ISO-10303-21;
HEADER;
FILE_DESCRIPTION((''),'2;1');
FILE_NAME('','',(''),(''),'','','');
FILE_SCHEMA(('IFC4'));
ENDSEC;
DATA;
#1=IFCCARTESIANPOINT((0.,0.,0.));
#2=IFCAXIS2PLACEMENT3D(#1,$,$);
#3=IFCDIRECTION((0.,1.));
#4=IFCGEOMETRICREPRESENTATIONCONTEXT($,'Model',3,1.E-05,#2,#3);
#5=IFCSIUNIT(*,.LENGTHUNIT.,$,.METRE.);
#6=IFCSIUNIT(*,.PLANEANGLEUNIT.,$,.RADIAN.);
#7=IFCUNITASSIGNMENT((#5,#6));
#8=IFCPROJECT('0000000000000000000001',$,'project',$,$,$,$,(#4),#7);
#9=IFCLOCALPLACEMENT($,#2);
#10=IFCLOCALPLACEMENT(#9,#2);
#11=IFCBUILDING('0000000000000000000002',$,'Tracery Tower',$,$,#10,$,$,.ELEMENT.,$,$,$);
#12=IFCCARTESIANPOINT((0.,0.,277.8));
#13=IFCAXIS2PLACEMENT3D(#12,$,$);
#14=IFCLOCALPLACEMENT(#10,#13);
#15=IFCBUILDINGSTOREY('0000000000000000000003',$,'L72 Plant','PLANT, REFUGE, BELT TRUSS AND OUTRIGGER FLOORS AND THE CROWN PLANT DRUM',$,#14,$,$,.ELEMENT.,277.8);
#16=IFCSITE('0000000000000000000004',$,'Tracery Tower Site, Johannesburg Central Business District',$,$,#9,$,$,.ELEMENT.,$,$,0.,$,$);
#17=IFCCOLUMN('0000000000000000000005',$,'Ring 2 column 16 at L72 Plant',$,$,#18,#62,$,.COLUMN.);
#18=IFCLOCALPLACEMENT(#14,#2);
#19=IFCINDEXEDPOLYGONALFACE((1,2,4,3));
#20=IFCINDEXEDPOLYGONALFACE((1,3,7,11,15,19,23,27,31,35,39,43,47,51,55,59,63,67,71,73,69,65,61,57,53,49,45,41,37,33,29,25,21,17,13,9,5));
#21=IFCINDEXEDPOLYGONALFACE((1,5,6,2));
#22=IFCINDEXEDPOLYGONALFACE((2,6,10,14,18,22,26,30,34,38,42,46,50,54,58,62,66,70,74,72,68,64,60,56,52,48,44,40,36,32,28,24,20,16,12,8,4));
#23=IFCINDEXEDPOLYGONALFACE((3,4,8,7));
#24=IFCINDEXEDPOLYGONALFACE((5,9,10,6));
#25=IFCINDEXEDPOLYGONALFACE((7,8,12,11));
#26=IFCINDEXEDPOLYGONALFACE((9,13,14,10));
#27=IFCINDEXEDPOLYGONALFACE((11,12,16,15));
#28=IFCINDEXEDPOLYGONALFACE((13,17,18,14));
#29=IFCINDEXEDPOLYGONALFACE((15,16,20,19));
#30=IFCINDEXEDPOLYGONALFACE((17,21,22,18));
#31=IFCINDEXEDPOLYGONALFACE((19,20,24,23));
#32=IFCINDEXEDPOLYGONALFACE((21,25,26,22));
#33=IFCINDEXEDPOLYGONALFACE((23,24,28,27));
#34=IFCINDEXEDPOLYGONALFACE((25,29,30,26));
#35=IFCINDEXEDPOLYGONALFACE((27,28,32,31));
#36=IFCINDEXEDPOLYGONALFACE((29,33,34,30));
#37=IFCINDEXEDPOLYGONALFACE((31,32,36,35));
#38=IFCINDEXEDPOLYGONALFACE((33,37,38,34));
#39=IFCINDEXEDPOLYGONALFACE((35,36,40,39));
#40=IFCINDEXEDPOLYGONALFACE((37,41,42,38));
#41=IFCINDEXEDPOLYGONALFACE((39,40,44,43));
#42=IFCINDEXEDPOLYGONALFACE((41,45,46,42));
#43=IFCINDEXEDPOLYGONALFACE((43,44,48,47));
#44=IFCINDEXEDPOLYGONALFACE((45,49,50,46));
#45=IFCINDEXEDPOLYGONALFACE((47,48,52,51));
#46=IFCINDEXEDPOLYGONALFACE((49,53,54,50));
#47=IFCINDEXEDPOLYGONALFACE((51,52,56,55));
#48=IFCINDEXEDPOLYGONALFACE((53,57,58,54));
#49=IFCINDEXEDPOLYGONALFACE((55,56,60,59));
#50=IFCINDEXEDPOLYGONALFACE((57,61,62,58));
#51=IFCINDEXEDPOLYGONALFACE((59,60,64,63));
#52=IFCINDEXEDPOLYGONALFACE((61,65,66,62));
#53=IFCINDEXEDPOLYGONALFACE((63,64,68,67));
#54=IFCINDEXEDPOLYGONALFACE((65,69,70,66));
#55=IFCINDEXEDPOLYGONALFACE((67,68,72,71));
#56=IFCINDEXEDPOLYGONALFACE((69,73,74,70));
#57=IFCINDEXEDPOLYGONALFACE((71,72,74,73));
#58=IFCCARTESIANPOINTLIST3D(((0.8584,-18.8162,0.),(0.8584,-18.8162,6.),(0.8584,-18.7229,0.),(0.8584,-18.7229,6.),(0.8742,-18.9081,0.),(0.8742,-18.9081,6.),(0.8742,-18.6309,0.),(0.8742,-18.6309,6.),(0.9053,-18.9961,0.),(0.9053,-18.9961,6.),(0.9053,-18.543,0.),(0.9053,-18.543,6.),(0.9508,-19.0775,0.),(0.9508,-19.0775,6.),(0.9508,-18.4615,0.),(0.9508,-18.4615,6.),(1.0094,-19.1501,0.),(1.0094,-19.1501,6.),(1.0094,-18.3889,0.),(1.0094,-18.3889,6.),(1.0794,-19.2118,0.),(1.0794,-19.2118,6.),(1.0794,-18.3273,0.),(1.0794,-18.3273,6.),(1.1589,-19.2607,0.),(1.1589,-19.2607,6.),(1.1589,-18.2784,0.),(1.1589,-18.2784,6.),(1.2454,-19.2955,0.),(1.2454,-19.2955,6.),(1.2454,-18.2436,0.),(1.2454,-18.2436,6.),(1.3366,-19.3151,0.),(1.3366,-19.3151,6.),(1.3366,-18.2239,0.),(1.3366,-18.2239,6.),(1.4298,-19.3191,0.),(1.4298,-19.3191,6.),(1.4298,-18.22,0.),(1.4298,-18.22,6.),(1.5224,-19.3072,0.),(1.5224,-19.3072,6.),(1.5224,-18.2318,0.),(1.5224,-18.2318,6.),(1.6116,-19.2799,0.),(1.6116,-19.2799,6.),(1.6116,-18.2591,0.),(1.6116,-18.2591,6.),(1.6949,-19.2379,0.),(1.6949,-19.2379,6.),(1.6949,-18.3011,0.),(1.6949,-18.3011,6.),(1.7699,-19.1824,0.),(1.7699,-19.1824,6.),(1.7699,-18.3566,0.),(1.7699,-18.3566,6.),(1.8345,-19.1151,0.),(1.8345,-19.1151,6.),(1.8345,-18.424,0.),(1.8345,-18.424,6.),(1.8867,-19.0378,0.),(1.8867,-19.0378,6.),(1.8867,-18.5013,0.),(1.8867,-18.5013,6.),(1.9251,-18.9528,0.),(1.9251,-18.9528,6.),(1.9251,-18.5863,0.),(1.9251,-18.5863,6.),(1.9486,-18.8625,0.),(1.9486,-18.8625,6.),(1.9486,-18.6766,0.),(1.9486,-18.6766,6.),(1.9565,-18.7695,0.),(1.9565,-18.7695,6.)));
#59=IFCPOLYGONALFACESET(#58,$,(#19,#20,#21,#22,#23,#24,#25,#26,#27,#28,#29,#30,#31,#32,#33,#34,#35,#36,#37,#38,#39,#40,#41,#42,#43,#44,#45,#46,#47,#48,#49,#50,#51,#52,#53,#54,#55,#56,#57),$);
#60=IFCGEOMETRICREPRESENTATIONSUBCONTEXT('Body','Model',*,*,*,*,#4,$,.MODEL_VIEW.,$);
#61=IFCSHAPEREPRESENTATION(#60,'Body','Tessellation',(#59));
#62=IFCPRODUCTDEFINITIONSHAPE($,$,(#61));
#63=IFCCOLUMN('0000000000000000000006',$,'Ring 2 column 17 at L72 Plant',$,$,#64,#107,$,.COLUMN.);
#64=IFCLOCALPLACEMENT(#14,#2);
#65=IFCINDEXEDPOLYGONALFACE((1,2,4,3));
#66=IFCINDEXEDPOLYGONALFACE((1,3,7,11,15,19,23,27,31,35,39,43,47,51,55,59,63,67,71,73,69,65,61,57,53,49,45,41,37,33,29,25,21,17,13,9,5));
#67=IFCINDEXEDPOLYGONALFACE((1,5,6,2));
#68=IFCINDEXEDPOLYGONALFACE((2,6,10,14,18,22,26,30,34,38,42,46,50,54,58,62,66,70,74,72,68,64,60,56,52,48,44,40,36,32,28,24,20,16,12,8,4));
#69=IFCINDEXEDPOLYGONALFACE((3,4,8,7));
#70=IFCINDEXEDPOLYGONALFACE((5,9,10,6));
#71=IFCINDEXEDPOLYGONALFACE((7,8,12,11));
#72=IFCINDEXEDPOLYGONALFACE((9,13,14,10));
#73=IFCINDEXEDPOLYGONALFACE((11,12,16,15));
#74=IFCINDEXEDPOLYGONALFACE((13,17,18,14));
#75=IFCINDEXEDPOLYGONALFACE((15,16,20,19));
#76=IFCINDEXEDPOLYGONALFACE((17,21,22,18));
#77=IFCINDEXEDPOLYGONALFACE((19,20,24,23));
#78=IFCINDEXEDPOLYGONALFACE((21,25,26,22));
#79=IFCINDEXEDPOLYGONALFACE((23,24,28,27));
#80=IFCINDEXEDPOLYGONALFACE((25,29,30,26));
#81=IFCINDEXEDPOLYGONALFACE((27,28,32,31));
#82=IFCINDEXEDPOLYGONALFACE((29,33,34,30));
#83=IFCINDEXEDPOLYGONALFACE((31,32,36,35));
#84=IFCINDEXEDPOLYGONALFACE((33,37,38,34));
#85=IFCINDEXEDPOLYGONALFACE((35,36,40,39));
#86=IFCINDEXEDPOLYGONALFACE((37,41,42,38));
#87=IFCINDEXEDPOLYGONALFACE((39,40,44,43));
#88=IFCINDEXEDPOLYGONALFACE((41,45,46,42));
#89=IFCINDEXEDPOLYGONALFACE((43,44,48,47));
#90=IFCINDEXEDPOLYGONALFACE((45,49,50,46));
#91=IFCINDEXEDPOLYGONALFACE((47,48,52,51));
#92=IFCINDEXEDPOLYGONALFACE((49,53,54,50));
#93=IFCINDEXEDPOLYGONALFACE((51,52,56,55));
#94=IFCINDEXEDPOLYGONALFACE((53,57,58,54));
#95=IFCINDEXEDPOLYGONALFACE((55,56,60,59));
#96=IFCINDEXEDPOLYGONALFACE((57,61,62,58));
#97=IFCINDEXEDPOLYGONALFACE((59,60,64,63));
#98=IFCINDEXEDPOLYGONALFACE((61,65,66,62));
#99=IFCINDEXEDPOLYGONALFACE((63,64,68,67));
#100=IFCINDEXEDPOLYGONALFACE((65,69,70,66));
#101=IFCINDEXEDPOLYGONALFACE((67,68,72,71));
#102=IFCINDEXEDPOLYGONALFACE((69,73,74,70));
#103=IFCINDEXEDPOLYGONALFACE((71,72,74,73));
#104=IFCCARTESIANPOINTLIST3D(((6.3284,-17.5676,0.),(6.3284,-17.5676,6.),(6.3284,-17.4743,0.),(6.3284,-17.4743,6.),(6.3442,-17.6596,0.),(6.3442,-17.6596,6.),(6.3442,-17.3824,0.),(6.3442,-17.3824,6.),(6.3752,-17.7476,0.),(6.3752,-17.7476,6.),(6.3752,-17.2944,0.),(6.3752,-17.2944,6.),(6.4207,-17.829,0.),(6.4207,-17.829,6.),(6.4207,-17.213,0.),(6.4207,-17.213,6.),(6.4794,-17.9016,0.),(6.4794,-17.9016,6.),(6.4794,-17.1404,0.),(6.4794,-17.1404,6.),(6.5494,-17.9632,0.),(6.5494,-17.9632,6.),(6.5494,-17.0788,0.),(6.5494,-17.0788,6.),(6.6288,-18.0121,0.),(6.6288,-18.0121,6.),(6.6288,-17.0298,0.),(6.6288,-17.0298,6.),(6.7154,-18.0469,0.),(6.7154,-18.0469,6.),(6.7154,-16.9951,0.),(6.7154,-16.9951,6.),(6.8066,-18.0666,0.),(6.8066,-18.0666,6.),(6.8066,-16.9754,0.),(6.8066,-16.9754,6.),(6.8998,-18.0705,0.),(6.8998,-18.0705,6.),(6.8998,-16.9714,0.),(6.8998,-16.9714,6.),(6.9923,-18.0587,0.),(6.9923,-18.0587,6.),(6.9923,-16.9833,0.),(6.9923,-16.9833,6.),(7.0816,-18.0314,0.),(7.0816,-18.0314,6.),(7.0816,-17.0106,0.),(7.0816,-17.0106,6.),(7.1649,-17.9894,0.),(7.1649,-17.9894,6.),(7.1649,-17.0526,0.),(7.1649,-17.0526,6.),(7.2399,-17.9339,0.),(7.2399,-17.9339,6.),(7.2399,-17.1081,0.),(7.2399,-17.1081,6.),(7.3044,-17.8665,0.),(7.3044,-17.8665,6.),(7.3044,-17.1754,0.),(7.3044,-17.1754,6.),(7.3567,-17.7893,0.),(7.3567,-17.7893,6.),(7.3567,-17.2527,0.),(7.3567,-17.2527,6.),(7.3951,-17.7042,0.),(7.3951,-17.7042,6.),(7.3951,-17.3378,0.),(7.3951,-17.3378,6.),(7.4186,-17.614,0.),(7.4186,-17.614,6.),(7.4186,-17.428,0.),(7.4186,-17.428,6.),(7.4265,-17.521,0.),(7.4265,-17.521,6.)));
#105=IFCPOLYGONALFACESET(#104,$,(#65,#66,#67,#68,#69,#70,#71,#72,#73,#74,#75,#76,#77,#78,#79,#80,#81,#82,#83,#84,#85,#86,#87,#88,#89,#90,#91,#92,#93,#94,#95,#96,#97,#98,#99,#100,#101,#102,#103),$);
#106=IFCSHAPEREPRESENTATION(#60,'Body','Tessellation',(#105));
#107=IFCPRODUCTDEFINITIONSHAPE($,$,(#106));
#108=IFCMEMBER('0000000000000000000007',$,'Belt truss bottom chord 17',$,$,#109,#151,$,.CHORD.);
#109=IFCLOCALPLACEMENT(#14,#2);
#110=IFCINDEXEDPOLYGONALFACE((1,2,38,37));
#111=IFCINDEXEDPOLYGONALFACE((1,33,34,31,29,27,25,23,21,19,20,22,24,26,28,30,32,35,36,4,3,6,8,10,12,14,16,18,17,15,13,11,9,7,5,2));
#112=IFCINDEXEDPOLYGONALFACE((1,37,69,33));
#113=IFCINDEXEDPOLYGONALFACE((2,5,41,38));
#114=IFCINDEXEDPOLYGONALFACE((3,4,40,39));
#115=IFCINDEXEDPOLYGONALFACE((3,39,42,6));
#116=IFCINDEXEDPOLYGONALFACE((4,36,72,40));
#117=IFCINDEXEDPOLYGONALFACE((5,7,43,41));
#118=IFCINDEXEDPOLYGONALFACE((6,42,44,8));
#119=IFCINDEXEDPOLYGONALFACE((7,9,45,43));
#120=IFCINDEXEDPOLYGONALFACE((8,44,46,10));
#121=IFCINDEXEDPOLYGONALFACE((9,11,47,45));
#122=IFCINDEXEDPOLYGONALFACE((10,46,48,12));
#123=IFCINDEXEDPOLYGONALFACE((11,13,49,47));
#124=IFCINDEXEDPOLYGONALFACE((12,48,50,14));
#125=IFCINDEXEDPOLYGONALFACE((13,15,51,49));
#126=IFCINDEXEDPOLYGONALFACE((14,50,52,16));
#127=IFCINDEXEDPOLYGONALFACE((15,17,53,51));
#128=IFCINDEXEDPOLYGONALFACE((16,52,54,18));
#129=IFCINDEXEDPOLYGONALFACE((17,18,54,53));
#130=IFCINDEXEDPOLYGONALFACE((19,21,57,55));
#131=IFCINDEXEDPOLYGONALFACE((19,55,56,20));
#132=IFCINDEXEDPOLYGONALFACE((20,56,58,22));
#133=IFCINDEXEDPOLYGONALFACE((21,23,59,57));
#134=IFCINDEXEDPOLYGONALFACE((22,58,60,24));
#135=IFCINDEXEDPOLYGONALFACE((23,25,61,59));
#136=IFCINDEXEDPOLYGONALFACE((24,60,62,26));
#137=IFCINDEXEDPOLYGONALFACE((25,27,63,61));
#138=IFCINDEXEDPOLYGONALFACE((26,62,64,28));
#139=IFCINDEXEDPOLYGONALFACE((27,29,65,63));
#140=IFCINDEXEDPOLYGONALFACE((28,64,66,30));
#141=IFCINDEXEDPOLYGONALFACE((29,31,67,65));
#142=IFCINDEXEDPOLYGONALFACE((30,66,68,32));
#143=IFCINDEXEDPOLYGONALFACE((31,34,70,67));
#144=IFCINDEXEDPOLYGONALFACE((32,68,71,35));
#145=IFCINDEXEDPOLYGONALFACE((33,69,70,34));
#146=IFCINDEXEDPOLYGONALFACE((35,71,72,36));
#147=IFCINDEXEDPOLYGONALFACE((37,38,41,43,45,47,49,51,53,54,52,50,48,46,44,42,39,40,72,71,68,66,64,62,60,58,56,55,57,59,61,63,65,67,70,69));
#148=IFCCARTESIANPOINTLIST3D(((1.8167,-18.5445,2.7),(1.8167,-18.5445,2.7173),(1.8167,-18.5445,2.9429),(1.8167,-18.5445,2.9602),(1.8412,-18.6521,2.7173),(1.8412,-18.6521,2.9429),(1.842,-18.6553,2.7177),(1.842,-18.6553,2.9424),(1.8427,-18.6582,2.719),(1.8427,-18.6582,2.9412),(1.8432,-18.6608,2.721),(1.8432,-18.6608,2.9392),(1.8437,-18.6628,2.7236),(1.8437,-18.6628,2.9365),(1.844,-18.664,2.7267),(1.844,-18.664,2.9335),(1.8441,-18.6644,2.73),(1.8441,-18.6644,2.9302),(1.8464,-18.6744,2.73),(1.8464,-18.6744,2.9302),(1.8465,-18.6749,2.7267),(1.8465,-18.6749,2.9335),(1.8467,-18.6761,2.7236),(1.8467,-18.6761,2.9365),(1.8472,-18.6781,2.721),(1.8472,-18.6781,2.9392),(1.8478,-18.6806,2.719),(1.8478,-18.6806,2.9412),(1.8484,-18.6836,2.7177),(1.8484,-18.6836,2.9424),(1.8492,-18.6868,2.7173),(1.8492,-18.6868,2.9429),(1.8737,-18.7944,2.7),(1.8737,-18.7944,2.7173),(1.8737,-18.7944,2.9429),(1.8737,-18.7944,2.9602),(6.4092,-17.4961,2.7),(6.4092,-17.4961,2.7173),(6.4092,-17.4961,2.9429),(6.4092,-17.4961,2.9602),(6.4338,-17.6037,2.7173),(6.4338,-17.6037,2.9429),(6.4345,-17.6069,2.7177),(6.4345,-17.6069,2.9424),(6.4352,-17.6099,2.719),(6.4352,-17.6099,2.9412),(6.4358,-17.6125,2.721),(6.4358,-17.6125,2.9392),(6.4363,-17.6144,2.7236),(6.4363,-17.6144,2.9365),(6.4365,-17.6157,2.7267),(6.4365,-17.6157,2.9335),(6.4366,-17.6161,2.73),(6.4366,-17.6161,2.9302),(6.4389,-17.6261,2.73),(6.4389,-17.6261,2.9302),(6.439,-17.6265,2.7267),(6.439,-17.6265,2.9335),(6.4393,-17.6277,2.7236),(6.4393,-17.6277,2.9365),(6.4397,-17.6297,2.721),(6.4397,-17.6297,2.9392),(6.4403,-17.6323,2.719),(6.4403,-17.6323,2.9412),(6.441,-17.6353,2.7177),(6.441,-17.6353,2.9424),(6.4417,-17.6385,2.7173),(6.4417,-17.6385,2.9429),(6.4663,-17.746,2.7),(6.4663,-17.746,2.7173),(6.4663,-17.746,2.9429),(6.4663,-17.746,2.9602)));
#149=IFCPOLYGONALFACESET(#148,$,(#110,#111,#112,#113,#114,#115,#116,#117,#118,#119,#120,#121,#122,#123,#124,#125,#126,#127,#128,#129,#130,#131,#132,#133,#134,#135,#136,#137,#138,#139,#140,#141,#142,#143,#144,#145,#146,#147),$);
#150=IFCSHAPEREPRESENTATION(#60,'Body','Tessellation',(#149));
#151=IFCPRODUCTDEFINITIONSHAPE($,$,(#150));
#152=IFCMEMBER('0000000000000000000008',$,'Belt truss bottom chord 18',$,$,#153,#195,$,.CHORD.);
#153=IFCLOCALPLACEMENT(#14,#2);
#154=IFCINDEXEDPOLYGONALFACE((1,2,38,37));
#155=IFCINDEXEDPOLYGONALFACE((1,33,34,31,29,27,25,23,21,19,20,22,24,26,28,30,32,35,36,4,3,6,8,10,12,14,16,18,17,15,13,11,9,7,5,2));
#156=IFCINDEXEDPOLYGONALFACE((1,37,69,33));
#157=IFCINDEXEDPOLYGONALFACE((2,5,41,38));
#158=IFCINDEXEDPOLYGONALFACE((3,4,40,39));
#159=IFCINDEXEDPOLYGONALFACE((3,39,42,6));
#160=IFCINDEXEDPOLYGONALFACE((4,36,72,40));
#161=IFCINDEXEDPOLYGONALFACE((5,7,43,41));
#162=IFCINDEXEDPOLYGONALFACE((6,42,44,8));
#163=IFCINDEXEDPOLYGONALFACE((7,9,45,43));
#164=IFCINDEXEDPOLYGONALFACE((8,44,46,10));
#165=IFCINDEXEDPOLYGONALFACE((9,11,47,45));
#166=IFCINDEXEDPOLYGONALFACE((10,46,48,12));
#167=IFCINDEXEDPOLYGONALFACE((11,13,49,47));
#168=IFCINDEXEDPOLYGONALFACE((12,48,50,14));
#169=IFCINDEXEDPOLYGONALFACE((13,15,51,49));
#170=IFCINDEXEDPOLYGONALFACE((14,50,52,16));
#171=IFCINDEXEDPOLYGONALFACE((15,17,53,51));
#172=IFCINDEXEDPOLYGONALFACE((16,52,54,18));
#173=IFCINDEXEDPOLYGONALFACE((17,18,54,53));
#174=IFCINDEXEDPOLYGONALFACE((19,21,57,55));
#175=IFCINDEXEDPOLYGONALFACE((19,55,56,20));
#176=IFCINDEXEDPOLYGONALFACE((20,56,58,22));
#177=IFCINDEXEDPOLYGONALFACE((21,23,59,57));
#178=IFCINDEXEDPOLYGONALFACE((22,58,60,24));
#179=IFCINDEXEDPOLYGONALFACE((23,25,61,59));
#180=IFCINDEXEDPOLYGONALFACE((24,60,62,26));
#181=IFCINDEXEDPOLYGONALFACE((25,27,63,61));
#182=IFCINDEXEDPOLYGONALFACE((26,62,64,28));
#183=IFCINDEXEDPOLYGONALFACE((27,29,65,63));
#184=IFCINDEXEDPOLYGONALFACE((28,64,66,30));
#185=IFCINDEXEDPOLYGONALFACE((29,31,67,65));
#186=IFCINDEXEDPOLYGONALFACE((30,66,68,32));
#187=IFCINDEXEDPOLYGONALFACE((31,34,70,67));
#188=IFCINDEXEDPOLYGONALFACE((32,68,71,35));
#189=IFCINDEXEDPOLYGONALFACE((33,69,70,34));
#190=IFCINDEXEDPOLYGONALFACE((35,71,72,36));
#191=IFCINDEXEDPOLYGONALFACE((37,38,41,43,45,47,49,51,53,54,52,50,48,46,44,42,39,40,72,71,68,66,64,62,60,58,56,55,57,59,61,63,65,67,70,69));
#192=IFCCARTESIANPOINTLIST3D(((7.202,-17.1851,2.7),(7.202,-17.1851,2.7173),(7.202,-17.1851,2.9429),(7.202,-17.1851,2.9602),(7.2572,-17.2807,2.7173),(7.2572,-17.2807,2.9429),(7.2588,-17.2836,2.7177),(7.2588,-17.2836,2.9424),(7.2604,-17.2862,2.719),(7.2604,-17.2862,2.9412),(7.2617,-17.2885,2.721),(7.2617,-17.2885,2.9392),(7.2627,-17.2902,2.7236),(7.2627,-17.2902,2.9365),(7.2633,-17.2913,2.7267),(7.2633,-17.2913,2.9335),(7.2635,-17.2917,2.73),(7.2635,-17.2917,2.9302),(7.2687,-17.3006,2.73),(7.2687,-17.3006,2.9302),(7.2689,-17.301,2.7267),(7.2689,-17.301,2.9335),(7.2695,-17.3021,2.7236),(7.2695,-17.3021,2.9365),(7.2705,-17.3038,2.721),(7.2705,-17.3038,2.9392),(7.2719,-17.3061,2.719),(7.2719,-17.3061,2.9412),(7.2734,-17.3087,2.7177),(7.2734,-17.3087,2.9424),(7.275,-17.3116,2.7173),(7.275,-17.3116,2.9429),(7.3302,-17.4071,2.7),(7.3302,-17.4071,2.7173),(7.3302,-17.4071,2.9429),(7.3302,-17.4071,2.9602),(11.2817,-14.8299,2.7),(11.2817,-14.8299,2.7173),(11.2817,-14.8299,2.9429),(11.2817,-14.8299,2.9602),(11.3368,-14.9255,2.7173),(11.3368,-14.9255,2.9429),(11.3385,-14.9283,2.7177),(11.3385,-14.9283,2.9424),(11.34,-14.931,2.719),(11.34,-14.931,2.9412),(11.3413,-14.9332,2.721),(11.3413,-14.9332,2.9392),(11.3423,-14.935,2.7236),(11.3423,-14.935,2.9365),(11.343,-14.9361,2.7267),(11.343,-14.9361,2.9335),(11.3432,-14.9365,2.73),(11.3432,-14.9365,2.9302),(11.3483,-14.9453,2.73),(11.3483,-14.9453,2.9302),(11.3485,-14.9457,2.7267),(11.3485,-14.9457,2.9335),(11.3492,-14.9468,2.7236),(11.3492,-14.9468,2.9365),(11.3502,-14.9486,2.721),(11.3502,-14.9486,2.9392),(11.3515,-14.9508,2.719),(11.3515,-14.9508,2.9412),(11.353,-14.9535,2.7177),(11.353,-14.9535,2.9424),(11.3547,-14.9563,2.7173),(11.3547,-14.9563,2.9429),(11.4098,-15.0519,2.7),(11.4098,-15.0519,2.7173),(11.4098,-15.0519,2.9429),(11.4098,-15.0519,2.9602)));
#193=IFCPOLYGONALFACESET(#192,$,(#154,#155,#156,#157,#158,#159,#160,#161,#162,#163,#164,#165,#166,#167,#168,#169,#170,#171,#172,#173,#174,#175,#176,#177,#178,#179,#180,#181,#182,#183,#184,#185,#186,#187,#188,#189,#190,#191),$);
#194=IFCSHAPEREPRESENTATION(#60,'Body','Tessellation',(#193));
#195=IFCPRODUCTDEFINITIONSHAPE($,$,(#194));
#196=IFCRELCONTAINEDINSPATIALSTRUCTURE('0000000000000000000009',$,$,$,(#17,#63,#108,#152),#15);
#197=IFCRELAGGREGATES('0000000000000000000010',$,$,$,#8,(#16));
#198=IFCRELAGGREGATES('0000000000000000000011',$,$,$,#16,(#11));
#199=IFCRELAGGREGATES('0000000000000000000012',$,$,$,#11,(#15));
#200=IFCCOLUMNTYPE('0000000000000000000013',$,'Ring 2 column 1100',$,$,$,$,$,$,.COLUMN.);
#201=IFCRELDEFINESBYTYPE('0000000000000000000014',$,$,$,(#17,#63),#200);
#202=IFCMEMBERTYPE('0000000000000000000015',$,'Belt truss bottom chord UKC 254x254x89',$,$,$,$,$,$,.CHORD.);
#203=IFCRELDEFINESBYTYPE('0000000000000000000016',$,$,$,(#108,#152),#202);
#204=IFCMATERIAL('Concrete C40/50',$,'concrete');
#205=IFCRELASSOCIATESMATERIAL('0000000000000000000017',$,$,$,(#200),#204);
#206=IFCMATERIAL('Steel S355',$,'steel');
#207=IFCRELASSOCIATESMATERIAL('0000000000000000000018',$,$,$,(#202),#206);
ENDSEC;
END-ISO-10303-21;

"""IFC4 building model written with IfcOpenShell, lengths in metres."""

from ifc_helpers import new_model, si_unit, direction, frame, origin, origin_2d, place, context, subcontext, project, spatial, circle, i_section, extrude, material, material_profile, profile_set, type_object, element, save


model = new_model("IFC4")

# Units and contexts
model_context = context("Model", 3, precision=1e-05, world=origin(), true_north=direction((0.0, 1.0)))
body_context = subcontext(model_context, "Body", "Model", "MODEL_VIEW")
ifc_project = project(units=[si_unit("LENGTHUNIT", "METRE"), si_unit("PLANEANGLEUNIT", "RADIAN")], contexts=[model_context])

# Site, building, storey
site_placement = place(None, origin())
site = spatial("IfcSite", under=ifc_project, at=site_placement, Name="Tracery Tower Site, Johannesburg Central Business District", CompositionType="ELEMENT", RefElevation=0.0)
building_placement = place(site_placement, origin())
building = spatial("IfcBuilding", under=site, at=building_placement, Name="Tracery Tower", CompositionType="ELEMENT")
storey_placement = place(building_placement, frame((0.0, 0.0, 277.8)))
storey = spatial("IfcBuildingStorey", under=building, at=storey_placement, Name="L72 Plant", Description="PLANT, REFUGE, BELT TRUSS AND OUTRIGGER FLOORS AND THE CROWN PLANT DRUM", CompositionType="ELEMENT", Elevation=277.8)

# Columns
ifc_material_1 = material(Name="Concrete C40/50", Category="concrete")
ifc_material_profile_1 = material_profile(ifc_material_1, circle(Radius=0.55, at=origin_2d()), Name="RC D1100")
ifc_profile_set_1 = profile_set([ifc_material_profile_1], Name="Concrete C40/50")
column_type = type_object("IfcColumnType", Name="Ring 2 column 1100", PredefinedType="COLUMN", material=ifc_profile_set_1)
for number, where, z_axis, x_axis, name in (
    (1, (1.4065, -18.7695, 0.0), (0.0, 0.0, 1.0), (1.0, 0.0, 0.0), "Ring 2 column 16 at L72 Plant"),
    (2, (6.8765, -17.521, 0.0), (0.0, 0.0, 1.0), (1.0, 0.0, 0.0), "Ring 2 column 17 at L72 Plant"),
):
    element("IfcColumn", number, at=place(storey_placement, frame(where, z_axis=z_axis, x_axis=x_axis)), inside=storey, type_object=column_type, Name=name, PredefinedType="COLUMN", context=body_context, shape_type="SweptSolid", body=[
        extrude(circle(Radius=0.55, at=origin_2d()), origin(), (0.0, 0.0, 1.0), 6.0),
    ])

# Members
ifc_material_2 = material(Name="Steel S355", Category="steel")
ifc_material_profile_2 = material_profile(ifc_material_2, i_section(OverallWidth=0.2563, OverallDepth=0.2603, WebThickness=0.0103, FlangeThickness=0.0173, FilletRadius=0.0127, at=origin_2d()), Name="UKC 254x254x89")
ifc_profile_set_2 = profile_set([ifc_material_profile_2], Name="Steel S355")
member_type_1 = type_object("IfcMemberType", Name="Belt truss bottom chord UKC 254x254x89", PredefinedType="CHORD", material=ifc_profile_set_2)
for number, where, z_axis, x_axis, name in (
    (3, (1.8452, -18.6694, 2.8301), (0.974922, 0.222546, 0.0), (-0.222546, 0.974922, 0.0), "Belt truss bottom chord 17"),
    (4, (7.2661, -17.2961, 2.8301), (0.866037, 0.49998, 0.0), (-0.49998, 0.866037, 0.0), "Belt truss bottom chord 18"),
):
    element("IfcMember", number, at=place(storey_placement, frame(where, z_axis=z_axis, x_axis=x_axis)), inside=storey, type_object=member_type_1, Name=name, PredefinedType="CHORD", context=body_context, shape_type="SweptSolid", body=[
        extrude(i_section(OverallWidth=0.2563, OverallDepth=0.2603, WebThickness=0.0103, FlangeThickness=0.0173, FilletRadius=0.0127, at=origin_2d()), origin(), (0.0, 0.0, 1.0), 4.7107),
    ])

save(model, "model.ifc")
